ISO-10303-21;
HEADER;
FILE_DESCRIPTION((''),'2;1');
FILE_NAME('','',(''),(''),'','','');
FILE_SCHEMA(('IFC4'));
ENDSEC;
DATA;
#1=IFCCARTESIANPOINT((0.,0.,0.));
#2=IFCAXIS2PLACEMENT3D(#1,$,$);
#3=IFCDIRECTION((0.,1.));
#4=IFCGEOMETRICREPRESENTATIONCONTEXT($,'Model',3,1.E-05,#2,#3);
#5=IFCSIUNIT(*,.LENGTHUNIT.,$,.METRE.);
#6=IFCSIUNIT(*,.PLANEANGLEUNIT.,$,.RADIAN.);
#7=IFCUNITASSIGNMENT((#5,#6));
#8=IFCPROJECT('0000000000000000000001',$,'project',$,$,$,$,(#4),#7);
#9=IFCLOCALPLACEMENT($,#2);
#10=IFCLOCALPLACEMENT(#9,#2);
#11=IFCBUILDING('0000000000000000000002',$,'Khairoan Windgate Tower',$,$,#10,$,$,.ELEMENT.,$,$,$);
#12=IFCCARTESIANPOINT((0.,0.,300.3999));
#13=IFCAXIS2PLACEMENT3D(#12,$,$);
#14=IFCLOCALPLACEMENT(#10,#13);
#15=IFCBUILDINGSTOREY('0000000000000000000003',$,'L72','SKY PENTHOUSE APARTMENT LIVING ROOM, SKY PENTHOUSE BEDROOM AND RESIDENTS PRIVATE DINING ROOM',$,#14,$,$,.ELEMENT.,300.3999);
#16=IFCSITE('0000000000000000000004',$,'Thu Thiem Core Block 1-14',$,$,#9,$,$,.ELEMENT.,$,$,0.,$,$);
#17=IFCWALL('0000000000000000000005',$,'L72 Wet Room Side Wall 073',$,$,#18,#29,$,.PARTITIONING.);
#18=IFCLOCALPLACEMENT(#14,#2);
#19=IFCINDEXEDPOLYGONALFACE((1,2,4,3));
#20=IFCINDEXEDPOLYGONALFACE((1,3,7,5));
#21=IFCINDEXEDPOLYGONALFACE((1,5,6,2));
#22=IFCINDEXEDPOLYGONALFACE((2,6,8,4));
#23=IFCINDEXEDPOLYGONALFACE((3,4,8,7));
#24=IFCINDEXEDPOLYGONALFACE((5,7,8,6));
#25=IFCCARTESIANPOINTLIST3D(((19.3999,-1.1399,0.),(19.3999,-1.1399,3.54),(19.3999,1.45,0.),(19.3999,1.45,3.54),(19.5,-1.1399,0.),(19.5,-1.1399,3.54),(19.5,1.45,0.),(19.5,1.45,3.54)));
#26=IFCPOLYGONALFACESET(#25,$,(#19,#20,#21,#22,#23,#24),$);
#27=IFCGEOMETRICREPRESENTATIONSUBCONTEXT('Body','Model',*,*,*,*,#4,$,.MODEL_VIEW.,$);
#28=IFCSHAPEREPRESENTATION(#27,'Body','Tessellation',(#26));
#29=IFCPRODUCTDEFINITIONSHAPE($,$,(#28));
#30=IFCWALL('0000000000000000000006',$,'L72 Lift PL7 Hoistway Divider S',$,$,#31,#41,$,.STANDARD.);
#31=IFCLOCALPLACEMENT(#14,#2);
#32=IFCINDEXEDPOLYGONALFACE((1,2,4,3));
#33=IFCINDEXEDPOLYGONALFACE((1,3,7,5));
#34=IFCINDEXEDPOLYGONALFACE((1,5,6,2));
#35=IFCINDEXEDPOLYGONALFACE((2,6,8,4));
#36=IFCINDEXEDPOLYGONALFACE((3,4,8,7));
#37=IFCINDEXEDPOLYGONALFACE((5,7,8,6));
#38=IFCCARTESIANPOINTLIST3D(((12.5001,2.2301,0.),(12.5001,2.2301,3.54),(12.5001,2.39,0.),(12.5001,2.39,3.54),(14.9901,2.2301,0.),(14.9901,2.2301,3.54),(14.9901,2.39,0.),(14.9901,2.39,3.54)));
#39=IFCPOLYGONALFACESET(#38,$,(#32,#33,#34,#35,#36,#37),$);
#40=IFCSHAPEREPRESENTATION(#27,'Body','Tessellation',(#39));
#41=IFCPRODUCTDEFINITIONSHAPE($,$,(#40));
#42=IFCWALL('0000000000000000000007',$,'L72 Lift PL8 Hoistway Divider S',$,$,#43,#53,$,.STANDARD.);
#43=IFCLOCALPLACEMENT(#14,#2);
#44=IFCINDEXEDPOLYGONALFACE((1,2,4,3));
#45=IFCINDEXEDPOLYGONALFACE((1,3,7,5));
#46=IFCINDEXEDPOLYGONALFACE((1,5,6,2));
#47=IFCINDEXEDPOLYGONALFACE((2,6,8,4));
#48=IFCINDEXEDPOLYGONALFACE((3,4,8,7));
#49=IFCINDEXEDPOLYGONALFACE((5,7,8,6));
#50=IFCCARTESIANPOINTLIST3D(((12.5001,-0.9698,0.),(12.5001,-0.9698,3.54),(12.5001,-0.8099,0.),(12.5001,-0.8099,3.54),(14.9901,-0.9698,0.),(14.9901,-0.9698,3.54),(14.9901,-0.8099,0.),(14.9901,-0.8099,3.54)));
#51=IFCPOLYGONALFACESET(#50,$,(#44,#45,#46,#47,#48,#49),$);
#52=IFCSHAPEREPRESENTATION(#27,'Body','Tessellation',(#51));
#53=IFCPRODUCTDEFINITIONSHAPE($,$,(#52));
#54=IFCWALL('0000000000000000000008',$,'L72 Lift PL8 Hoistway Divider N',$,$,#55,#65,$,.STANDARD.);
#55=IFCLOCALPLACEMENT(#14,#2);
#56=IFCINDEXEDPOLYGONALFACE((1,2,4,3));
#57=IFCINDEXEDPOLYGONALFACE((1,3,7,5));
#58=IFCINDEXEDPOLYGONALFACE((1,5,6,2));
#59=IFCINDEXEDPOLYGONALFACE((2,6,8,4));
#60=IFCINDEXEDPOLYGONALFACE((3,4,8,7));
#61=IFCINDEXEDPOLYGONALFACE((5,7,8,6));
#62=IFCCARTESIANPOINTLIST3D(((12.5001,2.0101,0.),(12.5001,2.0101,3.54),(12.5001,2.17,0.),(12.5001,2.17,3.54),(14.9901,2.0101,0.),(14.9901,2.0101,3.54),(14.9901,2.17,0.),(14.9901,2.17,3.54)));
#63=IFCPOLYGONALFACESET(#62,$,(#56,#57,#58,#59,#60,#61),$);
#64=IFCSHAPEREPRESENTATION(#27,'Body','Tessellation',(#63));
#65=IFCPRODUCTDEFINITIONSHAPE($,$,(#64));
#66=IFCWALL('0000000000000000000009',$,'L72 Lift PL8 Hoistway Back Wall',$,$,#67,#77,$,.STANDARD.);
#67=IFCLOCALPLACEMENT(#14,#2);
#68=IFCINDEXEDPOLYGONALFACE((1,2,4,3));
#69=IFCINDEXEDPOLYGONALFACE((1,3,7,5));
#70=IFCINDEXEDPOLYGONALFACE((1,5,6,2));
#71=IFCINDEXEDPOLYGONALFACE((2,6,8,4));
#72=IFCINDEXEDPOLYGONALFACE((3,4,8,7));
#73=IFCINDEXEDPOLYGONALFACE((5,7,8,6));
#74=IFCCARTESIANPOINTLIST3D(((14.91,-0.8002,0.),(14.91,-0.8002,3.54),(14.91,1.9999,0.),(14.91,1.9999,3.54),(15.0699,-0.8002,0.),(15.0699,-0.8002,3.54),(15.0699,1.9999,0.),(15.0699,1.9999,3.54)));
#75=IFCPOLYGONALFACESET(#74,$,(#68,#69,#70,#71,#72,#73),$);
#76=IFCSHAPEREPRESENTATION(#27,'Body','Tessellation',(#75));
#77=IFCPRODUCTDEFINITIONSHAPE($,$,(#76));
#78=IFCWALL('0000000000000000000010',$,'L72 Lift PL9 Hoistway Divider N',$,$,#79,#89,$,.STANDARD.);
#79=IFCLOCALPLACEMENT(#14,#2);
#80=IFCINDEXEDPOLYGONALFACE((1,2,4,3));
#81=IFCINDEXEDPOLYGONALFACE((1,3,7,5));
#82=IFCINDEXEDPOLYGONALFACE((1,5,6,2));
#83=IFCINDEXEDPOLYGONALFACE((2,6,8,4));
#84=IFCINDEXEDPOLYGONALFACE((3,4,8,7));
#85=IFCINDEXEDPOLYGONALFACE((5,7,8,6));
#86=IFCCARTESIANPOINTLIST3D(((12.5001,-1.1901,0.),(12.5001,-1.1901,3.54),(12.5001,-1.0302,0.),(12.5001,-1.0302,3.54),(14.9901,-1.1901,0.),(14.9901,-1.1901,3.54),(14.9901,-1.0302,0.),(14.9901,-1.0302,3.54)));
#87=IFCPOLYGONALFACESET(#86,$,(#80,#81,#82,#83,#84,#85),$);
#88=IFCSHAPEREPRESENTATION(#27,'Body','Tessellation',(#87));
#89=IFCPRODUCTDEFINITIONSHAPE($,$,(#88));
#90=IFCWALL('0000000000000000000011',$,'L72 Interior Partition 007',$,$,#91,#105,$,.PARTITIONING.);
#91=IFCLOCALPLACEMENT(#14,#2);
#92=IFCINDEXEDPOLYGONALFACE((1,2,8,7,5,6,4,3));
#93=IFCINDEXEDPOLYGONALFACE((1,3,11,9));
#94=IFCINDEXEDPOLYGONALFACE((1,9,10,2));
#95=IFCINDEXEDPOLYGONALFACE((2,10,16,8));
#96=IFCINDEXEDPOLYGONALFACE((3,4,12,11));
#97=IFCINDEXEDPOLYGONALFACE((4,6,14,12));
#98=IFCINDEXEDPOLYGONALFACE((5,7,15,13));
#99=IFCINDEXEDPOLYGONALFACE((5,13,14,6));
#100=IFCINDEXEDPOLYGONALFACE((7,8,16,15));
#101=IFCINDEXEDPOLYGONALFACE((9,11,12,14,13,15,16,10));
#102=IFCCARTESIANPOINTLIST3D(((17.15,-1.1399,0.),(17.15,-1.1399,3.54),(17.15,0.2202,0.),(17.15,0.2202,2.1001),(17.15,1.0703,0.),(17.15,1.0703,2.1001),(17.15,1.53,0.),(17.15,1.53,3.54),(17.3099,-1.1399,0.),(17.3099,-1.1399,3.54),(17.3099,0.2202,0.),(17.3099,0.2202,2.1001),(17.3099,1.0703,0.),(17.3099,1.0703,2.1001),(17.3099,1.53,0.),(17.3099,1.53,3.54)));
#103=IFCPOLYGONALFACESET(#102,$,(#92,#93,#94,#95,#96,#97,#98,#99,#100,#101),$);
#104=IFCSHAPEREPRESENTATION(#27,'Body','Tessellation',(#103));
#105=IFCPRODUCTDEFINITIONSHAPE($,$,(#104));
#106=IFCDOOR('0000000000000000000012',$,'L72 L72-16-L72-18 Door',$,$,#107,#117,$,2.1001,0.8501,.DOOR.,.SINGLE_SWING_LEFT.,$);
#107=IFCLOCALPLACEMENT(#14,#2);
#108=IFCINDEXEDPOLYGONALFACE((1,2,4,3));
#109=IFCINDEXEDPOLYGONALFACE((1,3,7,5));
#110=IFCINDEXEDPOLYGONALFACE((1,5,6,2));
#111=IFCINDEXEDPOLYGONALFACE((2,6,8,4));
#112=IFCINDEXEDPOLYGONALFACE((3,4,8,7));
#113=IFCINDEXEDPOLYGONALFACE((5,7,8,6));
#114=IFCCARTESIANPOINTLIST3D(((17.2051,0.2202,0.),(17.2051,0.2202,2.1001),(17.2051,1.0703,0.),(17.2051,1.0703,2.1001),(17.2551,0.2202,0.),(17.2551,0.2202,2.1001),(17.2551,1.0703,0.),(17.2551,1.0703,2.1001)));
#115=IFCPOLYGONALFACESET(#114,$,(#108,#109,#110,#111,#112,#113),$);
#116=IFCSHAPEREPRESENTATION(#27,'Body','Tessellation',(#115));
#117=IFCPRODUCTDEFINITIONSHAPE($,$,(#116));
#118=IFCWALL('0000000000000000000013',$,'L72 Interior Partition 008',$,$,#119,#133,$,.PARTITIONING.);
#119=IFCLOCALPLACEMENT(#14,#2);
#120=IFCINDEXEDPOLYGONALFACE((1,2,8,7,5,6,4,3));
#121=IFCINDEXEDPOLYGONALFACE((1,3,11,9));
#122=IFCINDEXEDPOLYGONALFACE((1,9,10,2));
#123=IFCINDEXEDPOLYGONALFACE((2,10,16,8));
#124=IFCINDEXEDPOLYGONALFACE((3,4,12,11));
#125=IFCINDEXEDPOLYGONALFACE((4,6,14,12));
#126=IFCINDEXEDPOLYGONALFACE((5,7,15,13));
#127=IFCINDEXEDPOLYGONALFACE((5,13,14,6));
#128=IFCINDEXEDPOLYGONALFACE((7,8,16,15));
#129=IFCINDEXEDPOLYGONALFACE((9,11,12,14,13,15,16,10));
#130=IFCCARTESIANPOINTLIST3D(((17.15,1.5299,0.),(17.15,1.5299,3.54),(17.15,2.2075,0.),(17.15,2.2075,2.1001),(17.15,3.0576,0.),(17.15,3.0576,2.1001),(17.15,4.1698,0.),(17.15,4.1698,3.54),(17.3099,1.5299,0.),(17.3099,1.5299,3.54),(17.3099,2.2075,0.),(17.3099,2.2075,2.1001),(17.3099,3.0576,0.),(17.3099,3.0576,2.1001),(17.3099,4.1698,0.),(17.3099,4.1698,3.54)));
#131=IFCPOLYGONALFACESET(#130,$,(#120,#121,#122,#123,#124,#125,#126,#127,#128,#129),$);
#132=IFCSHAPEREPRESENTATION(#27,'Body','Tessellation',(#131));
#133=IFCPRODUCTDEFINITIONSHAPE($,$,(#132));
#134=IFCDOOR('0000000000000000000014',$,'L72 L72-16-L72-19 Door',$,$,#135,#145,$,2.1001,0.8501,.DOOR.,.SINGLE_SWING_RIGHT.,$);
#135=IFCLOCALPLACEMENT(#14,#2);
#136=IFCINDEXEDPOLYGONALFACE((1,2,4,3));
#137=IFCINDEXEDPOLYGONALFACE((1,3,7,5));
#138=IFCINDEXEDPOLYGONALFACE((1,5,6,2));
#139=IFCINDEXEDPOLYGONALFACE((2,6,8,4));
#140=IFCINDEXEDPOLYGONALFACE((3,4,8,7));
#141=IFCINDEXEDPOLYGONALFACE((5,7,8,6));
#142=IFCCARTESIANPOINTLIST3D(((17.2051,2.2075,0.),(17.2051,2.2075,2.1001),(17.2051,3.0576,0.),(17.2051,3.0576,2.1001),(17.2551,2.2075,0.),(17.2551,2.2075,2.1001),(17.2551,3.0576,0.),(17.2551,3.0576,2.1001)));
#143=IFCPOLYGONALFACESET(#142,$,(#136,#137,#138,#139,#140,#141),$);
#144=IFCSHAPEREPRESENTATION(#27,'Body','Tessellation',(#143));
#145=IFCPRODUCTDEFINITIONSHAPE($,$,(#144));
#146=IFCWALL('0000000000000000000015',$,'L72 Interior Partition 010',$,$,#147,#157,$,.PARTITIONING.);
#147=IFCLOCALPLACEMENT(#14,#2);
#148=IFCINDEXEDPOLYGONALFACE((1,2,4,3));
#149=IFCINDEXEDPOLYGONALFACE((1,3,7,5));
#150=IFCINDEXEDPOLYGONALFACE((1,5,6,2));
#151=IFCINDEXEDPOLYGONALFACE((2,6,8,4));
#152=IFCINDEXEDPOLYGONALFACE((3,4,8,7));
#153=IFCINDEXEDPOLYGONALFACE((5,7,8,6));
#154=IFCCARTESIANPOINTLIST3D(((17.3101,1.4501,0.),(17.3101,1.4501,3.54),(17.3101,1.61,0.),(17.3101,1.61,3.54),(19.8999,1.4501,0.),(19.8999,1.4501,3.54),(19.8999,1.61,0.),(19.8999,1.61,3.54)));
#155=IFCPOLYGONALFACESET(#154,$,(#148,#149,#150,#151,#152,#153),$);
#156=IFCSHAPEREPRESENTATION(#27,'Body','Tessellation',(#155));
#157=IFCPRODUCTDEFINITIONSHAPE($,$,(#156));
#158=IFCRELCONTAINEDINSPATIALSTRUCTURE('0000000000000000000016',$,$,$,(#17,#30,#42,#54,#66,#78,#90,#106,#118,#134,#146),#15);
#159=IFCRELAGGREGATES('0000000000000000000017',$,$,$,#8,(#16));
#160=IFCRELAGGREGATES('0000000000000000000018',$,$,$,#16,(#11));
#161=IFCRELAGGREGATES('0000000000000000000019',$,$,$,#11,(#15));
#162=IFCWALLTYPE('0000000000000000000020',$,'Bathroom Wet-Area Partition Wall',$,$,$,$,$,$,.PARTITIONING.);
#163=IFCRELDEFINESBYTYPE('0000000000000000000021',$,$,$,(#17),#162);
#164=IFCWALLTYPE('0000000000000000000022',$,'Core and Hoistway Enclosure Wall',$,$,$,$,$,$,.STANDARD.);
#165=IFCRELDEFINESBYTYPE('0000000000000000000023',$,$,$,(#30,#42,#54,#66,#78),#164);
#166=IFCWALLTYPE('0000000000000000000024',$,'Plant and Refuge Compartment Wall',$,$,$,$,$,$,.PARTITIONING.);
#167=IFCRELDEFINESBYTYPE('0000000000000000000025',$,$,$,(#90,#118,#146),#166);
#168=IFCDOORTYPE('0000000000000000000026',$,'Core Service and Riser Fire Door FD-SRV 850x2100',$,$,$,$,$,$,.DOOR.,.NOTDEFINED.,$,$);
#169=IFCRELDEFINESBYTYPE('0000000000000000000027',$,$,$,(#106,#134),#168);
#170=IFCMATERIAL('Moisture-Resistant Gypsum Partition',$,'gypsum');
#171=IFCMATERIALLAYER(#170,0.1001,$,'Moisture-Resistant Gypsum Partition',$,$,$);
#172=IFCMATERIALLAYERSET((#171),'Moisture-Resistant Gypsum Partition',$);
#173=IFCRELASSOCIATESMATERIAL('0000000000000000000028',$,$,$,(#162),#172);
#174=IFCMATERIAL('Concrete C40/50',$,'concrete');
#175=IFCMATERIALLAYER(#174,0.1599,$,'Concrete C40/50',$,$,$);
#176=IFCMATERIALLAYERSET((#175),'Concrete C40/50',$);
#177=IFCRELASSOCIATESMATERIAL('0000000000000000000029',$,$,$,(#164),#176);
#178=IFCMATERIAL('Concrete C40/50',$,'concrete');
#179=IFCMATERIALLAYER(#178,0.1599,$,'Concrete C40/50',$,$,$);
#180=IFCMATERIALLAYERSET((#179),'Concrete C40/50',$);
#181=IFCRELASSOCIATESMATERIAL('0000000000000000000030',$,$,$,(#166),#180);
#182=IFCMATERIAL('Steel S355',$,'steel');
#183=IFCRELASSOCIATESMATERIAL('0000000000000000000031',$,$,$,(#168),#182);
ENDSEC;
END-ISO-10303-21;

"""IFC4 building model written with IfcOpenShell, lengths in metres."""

from ifc_helpers import new_model, si_unit, direction, frame, frame_2d, origin, place, context, subcontext, project, spatial, rectangle, extrude, material, layer, layer_set, type_object, element, fill, save


model = new_model("IFC4")

# Units and contexts
model_context = context("Model", 3, precision=1e-05, world=origin(), true_north=direction((0.0, 1.0)))
body_context = subcontext(model_context, "Body", "Model", "MODEL_VIEW")
ifc_project = project(units=[si_unit("LENGTHUNIT", "METRE"), si_unit("PLANEANGLEUNIT", "RADIAN")], contexts=[model_context])

# Site, building, storey
site_placement = place(None, origin())
site = spatial("IfcSite", under=ifc_project, at=site_placement, Name="Thu Thiem Core Block 1-14", CompositionType="ELEMENT", RefElevation=0.0)
building_placement = place(site_placement, origin())
building = spatial("IfcBuilding", under=site, at=building_placement, Name="Khairoan Windgate Tower", CompositionType="ELEMENT")
storey_placement = place(building_placement, frame((0.0, 0.0, 300.3999)))
storey = spatial("IfcBuildingStorey", under=building, at=storey_placement, Name="L72", Description="SKY PENTHOUSE APARTMENT LIVING ROOM, SKY PENTHOUSE BEDROOM AND RESIDENTS PRIVATE DINING ROOM", CompositionType="ELEMENT", Elevation=300.3999)

# Walls
ifc_material_1 = material(Name="Moisture-Resistant Gypsum Partition", Category="gypsum")
ifc_layer_1 = layer(ifc_material_1, 0.1001, Name="Moisture-Resistant Gypsum Partition")
ifc_layer_set_1 = layer_set([ifc_layer_1], Name="Moisture-Resistant Gypsum Partition")
wall_type_1 = type_object("IfcWallType", Name="Bathroom Wet-Area Partition Wall", PredefinedType="PARTITIONING", material=ifc_layer_set_1)
wall_1_placement = place(storey_placement, frame((19.45, 1.45, 0.0), z_axis=(0.0, 0.0, 1.0), x_axis=(0.0, -1.0, 0.0)))
element("IfcWall", 1, at=wall_1_placement, inside=storey, type_object=wall_type_1, Name="L72 Wet Room Side Wall 073", PredefinedType="PARTITIONING", context=body_context, shape_type="SweptSolid", body=[
    extrude(rectangle(XDim=2.5898, YDim=0.1001, at=frame_2d((1.2949, 0.0))), origin(), (0.0, 0.0, 1.0), 3.54),
])
ifc_material_2 = material(Name="Concrete C40/50", Category="concrete")
ifc_layer_2 = layer(ifc_material_2, 0.1599, Name="Concrete C40/50")
ifc_layer_set_2 = layer_set([ifc_layer_2], Name="Concrete C40/50")
wall_type_2 = type_object("IfcWallType", Name="Core and Hoistway Enclosure Wall", PredefinedType="STANDARD", material=ifc_layer_set_2)
for number, where, z_axis, x_axis, name in (
    (2, (12.5, 2.3101, 0.0), (0.0, 0.0, 1.0), (1.0, 0.0, 0.0), "L72 Lift PL7 Hoistway Divider S"),
    (3, (12.5, -0.8899, 0.0), (0.0, 0.0, 1.0), (1.0, 0.0, 0.0), "L72 Lift PL8 Hoistway Divider S"),
    (4, (12.5, 2.0901, 0.0), (0.0, 0.0, 1.0), (1.0, 0.0, 0.0), "L72 Lift PL8 Hoistway Divider N"),
):
    element("IfcWall", number, at=place(storey_placement, frame(where, z_axis=z_axis, x_axis=x_axis)), inside=storey, type_object=wall_type_2, Name=name, PredefinedType="STANDARD", context=body_context, shape_type="SweptSolid", body=[
        extrude(rectangle(XDim=2.49, YDim=0.1599, at=frame_2d((1.2451, 0.0))), origin(), (0.0, 0.0, 1.0), 3.54),
    ])
wall_2_placement = place(storey_placement, frame((14.99, -0.8, 0.0), z_axis=(0.0, 0.0, 1.0), x_axis=(0.0, 1.0, 0.0)))
element("IfcWall", 5, at=wall_2_placement, inside=storey, type_object=wall_type_2, Name="L72 Lift PL8 Hoistway Back Wall", PredefinedType="STANDARD", context=body_context, shape_type="SweptSolid", body=[
    extrude(rectangle(XDim=2.8, YDim=0.1599, at=frame_2d((1.3999, 0.0))), origin(), (0.0, 0.0, 1.0), 3.54),
])
wall_3_placement = place(storey_placement, frame((12.5, -1.1101, 0.0), z_axis=(0.0, 0.0, 1.0), x_axis=(1.0, 0.0, 0.0)))
element("IfcWall", 6, at=wall_3_placement, inside=storey, type_object=wall_type_2, Name="L72 Lift PL9 Hoistway Divider N", PredefinedType="STANDARD", context=body_context, shape_type="SweptSolid", body=[
    extrude(rectangle(XDim=2.49, YDim=0.1599, at=frame_2d((1.2451, 0.0))), origin(), (0.0, 0.0, 1.0), 3.54),
])

# Walls, openings, doors
ifc_material_3 = material(Name="Concrete C40/50", Category="concrete")
ifc_layer_3 = layer(ifc_material_3, 0.1599, Name="Concrete C40/50")
ifc_layer_set_3 = layer_set([ifc_layer_3], Name="Concrete C40/50")
wall_type_3 = type_object("IfcWallType", Name="Plant and Refuge Compartment Wall", PredefinedType="PARTITIONING", material=ifc_layer_set_3)
wall_4_placement = place(storey_placement, frame((17.23, -1.1399, 0.0), z_axis=(0.0, 0.0, 1.0), x_axis=(0.0, 1.0, 0.0)))
wall_4 = element("IfcWall", 7, at=wall_4_placement, inside=storey, type_object=wall_type_3, Name="L72 Interior Partition 007", PredefinedType="PARTITIONING", context=body_context, shape_type="SweptSolid", body=[
    extrude(rectangle(XDim=2.6699, YDim=0.1599, at=frame_2d((1.335, 0.0))), origin(), (0.0, 0.0, 1.0), 3.54),
])
opening_1_placement = place(wall_4_placement, frame((1.3601, 0.0, 0.0)))
opening_1 = element("IfcOpeningElement", 8, at=opening_1_placement, cuts=wall_4, PredefinedType="OPENING", context=body_context, shape_type="SweptSolid", body=[
    extrude(rectangle(XDim=0.8501, YDim=2.1001, at=frame_2d((0.425, 1.05))), frame((0.0, 0.0898, 0.0), z_axis=(0.0, -1.0, 0.0), x_axis=(1.0, 0.0, 0.0)), (0.0, 0.0, 1.0), 0.1799),
])
ifc_material_4 = material(Name="Steel S355", Category="steel")
door_type_1 = type_object("IfcDoorType", Name="Core Service and Riser Fire Door FD-SRV 850x2100", OperationType="NOTDEFINED", PredefinedType="DOOR", material=ifc_material_4)
door_1_placement = place(opening_1_placement, origin())
door_1 = element("IfcDoor", 9, at=door_1_placement, inside=storey, type_object=door_type_1, Name="L72 L72-16-L72-18 Door", OperationType="SINGLE_SWING_LEFT", OverallHeight=2.1001, OverallWidth=0.8501, PredefinedType="DOOR", context=body_context, shape_type="SweptSolid", body=[
    extrude(rectangle(XDim=0.8501, YDim=2.1001, at=frame_2d((0.425, 1.05))), frame((0.0, 0.0249, 0.0), z_axis=(0.0, -1.0, 0.0), x_axis=(1.0, 0.0, 0.0)), (0.0, 0.0, 1.0), 0.05),
])
fill(opening_1, door_1)
wall_5_placement = place(storey_placement, frame((17.23, 1.53, 0.0), z_axis=(0.0, 0.0, 1.0), x_axis=(0.0, 1.0, 0.0)))
wall_5 = element("IfcWall", 10, at=wall_5_placement, inside=storey, type_object=wall_type_3, Name="L72 Interior Partition 008", PredefinedType="PARTITIONING", context=body_context, shape_type="SweptSolid", body=[
    extrude(rectangle(XDim=2.6399, YDim=0.1599, at=frame_2d((1.3198, 0.0))), origin(), (0.0, 0.0, 1.0), 3.54),
])
opening_2_placement = place(wall_5_placement, frame((0.6775, 0.0, 0.0)))
opening_2 = element("IfcOpeningElement", 11, at=opening_2_placement, cuts=wall_5, PredefinedType="OPENING", context=body_context, shape_type="SweptSolid", body=[
    extrude(rectangle(XDim=0.8501, YDim=2.1001, at=frame_2d((0.425, 1.05))), frame((0.0, 0.0898, 0.0), z_axis=(0.0, -1.0, 0.0), x_axis=(1.0, 0.0, 0.0)), (0.0, 0.0, 1.0), 0.1799),
])
door_2_placement = place(opening_2_placement, origin())
door_2 = element("IfcDoor", 12, at=door_2_placement, inside=storey, type_object=door_type_1, Name="L72 L72-16-L72-19 Door", OperationType="SINGLE_SWING_RIGHT", OverallHeight=2.1001, OverallWidth=0.8501, PredefinedType="DOOR", context=body_context, shape_type="SweptSolid", body=[
    extrude(rectangle(XDim=0.8501, YDim=2.1001, at=frame_2d((0.425, 1.05))), frame((0.0, 0.0249, 0.0), z_axis=(0.0, -1.0, 0.0), x_axis=(1.0, 0.0, 0.0)), (0.0, 0.0, 1.0), 0.05),
])
fill(opening_2, door_2)

# Wall
wall_6_placement = place(storey_placement, frame((17.3101, 1.53, 0.0), z_axis=(0.0, 0.0, 1.0), x_axis=(1.0, 0.0, 0.0)))
element("IfcWall", 13, at=wall_6_placement, inside=storey, type_object=wall_type_3, Name="L72 Interior Partition 010", PredefinedType="PARTITIONING", context=body_context, shape_type="SweptSolid", body=[
    extrude(rectangle(XDim=2.5898, YDim=0.1599, at=frame_2d((1.2949, 0.0))), origin(), (0.0, 0.0, 1.0), 3.54),
])

save(model, "model.ifc")
